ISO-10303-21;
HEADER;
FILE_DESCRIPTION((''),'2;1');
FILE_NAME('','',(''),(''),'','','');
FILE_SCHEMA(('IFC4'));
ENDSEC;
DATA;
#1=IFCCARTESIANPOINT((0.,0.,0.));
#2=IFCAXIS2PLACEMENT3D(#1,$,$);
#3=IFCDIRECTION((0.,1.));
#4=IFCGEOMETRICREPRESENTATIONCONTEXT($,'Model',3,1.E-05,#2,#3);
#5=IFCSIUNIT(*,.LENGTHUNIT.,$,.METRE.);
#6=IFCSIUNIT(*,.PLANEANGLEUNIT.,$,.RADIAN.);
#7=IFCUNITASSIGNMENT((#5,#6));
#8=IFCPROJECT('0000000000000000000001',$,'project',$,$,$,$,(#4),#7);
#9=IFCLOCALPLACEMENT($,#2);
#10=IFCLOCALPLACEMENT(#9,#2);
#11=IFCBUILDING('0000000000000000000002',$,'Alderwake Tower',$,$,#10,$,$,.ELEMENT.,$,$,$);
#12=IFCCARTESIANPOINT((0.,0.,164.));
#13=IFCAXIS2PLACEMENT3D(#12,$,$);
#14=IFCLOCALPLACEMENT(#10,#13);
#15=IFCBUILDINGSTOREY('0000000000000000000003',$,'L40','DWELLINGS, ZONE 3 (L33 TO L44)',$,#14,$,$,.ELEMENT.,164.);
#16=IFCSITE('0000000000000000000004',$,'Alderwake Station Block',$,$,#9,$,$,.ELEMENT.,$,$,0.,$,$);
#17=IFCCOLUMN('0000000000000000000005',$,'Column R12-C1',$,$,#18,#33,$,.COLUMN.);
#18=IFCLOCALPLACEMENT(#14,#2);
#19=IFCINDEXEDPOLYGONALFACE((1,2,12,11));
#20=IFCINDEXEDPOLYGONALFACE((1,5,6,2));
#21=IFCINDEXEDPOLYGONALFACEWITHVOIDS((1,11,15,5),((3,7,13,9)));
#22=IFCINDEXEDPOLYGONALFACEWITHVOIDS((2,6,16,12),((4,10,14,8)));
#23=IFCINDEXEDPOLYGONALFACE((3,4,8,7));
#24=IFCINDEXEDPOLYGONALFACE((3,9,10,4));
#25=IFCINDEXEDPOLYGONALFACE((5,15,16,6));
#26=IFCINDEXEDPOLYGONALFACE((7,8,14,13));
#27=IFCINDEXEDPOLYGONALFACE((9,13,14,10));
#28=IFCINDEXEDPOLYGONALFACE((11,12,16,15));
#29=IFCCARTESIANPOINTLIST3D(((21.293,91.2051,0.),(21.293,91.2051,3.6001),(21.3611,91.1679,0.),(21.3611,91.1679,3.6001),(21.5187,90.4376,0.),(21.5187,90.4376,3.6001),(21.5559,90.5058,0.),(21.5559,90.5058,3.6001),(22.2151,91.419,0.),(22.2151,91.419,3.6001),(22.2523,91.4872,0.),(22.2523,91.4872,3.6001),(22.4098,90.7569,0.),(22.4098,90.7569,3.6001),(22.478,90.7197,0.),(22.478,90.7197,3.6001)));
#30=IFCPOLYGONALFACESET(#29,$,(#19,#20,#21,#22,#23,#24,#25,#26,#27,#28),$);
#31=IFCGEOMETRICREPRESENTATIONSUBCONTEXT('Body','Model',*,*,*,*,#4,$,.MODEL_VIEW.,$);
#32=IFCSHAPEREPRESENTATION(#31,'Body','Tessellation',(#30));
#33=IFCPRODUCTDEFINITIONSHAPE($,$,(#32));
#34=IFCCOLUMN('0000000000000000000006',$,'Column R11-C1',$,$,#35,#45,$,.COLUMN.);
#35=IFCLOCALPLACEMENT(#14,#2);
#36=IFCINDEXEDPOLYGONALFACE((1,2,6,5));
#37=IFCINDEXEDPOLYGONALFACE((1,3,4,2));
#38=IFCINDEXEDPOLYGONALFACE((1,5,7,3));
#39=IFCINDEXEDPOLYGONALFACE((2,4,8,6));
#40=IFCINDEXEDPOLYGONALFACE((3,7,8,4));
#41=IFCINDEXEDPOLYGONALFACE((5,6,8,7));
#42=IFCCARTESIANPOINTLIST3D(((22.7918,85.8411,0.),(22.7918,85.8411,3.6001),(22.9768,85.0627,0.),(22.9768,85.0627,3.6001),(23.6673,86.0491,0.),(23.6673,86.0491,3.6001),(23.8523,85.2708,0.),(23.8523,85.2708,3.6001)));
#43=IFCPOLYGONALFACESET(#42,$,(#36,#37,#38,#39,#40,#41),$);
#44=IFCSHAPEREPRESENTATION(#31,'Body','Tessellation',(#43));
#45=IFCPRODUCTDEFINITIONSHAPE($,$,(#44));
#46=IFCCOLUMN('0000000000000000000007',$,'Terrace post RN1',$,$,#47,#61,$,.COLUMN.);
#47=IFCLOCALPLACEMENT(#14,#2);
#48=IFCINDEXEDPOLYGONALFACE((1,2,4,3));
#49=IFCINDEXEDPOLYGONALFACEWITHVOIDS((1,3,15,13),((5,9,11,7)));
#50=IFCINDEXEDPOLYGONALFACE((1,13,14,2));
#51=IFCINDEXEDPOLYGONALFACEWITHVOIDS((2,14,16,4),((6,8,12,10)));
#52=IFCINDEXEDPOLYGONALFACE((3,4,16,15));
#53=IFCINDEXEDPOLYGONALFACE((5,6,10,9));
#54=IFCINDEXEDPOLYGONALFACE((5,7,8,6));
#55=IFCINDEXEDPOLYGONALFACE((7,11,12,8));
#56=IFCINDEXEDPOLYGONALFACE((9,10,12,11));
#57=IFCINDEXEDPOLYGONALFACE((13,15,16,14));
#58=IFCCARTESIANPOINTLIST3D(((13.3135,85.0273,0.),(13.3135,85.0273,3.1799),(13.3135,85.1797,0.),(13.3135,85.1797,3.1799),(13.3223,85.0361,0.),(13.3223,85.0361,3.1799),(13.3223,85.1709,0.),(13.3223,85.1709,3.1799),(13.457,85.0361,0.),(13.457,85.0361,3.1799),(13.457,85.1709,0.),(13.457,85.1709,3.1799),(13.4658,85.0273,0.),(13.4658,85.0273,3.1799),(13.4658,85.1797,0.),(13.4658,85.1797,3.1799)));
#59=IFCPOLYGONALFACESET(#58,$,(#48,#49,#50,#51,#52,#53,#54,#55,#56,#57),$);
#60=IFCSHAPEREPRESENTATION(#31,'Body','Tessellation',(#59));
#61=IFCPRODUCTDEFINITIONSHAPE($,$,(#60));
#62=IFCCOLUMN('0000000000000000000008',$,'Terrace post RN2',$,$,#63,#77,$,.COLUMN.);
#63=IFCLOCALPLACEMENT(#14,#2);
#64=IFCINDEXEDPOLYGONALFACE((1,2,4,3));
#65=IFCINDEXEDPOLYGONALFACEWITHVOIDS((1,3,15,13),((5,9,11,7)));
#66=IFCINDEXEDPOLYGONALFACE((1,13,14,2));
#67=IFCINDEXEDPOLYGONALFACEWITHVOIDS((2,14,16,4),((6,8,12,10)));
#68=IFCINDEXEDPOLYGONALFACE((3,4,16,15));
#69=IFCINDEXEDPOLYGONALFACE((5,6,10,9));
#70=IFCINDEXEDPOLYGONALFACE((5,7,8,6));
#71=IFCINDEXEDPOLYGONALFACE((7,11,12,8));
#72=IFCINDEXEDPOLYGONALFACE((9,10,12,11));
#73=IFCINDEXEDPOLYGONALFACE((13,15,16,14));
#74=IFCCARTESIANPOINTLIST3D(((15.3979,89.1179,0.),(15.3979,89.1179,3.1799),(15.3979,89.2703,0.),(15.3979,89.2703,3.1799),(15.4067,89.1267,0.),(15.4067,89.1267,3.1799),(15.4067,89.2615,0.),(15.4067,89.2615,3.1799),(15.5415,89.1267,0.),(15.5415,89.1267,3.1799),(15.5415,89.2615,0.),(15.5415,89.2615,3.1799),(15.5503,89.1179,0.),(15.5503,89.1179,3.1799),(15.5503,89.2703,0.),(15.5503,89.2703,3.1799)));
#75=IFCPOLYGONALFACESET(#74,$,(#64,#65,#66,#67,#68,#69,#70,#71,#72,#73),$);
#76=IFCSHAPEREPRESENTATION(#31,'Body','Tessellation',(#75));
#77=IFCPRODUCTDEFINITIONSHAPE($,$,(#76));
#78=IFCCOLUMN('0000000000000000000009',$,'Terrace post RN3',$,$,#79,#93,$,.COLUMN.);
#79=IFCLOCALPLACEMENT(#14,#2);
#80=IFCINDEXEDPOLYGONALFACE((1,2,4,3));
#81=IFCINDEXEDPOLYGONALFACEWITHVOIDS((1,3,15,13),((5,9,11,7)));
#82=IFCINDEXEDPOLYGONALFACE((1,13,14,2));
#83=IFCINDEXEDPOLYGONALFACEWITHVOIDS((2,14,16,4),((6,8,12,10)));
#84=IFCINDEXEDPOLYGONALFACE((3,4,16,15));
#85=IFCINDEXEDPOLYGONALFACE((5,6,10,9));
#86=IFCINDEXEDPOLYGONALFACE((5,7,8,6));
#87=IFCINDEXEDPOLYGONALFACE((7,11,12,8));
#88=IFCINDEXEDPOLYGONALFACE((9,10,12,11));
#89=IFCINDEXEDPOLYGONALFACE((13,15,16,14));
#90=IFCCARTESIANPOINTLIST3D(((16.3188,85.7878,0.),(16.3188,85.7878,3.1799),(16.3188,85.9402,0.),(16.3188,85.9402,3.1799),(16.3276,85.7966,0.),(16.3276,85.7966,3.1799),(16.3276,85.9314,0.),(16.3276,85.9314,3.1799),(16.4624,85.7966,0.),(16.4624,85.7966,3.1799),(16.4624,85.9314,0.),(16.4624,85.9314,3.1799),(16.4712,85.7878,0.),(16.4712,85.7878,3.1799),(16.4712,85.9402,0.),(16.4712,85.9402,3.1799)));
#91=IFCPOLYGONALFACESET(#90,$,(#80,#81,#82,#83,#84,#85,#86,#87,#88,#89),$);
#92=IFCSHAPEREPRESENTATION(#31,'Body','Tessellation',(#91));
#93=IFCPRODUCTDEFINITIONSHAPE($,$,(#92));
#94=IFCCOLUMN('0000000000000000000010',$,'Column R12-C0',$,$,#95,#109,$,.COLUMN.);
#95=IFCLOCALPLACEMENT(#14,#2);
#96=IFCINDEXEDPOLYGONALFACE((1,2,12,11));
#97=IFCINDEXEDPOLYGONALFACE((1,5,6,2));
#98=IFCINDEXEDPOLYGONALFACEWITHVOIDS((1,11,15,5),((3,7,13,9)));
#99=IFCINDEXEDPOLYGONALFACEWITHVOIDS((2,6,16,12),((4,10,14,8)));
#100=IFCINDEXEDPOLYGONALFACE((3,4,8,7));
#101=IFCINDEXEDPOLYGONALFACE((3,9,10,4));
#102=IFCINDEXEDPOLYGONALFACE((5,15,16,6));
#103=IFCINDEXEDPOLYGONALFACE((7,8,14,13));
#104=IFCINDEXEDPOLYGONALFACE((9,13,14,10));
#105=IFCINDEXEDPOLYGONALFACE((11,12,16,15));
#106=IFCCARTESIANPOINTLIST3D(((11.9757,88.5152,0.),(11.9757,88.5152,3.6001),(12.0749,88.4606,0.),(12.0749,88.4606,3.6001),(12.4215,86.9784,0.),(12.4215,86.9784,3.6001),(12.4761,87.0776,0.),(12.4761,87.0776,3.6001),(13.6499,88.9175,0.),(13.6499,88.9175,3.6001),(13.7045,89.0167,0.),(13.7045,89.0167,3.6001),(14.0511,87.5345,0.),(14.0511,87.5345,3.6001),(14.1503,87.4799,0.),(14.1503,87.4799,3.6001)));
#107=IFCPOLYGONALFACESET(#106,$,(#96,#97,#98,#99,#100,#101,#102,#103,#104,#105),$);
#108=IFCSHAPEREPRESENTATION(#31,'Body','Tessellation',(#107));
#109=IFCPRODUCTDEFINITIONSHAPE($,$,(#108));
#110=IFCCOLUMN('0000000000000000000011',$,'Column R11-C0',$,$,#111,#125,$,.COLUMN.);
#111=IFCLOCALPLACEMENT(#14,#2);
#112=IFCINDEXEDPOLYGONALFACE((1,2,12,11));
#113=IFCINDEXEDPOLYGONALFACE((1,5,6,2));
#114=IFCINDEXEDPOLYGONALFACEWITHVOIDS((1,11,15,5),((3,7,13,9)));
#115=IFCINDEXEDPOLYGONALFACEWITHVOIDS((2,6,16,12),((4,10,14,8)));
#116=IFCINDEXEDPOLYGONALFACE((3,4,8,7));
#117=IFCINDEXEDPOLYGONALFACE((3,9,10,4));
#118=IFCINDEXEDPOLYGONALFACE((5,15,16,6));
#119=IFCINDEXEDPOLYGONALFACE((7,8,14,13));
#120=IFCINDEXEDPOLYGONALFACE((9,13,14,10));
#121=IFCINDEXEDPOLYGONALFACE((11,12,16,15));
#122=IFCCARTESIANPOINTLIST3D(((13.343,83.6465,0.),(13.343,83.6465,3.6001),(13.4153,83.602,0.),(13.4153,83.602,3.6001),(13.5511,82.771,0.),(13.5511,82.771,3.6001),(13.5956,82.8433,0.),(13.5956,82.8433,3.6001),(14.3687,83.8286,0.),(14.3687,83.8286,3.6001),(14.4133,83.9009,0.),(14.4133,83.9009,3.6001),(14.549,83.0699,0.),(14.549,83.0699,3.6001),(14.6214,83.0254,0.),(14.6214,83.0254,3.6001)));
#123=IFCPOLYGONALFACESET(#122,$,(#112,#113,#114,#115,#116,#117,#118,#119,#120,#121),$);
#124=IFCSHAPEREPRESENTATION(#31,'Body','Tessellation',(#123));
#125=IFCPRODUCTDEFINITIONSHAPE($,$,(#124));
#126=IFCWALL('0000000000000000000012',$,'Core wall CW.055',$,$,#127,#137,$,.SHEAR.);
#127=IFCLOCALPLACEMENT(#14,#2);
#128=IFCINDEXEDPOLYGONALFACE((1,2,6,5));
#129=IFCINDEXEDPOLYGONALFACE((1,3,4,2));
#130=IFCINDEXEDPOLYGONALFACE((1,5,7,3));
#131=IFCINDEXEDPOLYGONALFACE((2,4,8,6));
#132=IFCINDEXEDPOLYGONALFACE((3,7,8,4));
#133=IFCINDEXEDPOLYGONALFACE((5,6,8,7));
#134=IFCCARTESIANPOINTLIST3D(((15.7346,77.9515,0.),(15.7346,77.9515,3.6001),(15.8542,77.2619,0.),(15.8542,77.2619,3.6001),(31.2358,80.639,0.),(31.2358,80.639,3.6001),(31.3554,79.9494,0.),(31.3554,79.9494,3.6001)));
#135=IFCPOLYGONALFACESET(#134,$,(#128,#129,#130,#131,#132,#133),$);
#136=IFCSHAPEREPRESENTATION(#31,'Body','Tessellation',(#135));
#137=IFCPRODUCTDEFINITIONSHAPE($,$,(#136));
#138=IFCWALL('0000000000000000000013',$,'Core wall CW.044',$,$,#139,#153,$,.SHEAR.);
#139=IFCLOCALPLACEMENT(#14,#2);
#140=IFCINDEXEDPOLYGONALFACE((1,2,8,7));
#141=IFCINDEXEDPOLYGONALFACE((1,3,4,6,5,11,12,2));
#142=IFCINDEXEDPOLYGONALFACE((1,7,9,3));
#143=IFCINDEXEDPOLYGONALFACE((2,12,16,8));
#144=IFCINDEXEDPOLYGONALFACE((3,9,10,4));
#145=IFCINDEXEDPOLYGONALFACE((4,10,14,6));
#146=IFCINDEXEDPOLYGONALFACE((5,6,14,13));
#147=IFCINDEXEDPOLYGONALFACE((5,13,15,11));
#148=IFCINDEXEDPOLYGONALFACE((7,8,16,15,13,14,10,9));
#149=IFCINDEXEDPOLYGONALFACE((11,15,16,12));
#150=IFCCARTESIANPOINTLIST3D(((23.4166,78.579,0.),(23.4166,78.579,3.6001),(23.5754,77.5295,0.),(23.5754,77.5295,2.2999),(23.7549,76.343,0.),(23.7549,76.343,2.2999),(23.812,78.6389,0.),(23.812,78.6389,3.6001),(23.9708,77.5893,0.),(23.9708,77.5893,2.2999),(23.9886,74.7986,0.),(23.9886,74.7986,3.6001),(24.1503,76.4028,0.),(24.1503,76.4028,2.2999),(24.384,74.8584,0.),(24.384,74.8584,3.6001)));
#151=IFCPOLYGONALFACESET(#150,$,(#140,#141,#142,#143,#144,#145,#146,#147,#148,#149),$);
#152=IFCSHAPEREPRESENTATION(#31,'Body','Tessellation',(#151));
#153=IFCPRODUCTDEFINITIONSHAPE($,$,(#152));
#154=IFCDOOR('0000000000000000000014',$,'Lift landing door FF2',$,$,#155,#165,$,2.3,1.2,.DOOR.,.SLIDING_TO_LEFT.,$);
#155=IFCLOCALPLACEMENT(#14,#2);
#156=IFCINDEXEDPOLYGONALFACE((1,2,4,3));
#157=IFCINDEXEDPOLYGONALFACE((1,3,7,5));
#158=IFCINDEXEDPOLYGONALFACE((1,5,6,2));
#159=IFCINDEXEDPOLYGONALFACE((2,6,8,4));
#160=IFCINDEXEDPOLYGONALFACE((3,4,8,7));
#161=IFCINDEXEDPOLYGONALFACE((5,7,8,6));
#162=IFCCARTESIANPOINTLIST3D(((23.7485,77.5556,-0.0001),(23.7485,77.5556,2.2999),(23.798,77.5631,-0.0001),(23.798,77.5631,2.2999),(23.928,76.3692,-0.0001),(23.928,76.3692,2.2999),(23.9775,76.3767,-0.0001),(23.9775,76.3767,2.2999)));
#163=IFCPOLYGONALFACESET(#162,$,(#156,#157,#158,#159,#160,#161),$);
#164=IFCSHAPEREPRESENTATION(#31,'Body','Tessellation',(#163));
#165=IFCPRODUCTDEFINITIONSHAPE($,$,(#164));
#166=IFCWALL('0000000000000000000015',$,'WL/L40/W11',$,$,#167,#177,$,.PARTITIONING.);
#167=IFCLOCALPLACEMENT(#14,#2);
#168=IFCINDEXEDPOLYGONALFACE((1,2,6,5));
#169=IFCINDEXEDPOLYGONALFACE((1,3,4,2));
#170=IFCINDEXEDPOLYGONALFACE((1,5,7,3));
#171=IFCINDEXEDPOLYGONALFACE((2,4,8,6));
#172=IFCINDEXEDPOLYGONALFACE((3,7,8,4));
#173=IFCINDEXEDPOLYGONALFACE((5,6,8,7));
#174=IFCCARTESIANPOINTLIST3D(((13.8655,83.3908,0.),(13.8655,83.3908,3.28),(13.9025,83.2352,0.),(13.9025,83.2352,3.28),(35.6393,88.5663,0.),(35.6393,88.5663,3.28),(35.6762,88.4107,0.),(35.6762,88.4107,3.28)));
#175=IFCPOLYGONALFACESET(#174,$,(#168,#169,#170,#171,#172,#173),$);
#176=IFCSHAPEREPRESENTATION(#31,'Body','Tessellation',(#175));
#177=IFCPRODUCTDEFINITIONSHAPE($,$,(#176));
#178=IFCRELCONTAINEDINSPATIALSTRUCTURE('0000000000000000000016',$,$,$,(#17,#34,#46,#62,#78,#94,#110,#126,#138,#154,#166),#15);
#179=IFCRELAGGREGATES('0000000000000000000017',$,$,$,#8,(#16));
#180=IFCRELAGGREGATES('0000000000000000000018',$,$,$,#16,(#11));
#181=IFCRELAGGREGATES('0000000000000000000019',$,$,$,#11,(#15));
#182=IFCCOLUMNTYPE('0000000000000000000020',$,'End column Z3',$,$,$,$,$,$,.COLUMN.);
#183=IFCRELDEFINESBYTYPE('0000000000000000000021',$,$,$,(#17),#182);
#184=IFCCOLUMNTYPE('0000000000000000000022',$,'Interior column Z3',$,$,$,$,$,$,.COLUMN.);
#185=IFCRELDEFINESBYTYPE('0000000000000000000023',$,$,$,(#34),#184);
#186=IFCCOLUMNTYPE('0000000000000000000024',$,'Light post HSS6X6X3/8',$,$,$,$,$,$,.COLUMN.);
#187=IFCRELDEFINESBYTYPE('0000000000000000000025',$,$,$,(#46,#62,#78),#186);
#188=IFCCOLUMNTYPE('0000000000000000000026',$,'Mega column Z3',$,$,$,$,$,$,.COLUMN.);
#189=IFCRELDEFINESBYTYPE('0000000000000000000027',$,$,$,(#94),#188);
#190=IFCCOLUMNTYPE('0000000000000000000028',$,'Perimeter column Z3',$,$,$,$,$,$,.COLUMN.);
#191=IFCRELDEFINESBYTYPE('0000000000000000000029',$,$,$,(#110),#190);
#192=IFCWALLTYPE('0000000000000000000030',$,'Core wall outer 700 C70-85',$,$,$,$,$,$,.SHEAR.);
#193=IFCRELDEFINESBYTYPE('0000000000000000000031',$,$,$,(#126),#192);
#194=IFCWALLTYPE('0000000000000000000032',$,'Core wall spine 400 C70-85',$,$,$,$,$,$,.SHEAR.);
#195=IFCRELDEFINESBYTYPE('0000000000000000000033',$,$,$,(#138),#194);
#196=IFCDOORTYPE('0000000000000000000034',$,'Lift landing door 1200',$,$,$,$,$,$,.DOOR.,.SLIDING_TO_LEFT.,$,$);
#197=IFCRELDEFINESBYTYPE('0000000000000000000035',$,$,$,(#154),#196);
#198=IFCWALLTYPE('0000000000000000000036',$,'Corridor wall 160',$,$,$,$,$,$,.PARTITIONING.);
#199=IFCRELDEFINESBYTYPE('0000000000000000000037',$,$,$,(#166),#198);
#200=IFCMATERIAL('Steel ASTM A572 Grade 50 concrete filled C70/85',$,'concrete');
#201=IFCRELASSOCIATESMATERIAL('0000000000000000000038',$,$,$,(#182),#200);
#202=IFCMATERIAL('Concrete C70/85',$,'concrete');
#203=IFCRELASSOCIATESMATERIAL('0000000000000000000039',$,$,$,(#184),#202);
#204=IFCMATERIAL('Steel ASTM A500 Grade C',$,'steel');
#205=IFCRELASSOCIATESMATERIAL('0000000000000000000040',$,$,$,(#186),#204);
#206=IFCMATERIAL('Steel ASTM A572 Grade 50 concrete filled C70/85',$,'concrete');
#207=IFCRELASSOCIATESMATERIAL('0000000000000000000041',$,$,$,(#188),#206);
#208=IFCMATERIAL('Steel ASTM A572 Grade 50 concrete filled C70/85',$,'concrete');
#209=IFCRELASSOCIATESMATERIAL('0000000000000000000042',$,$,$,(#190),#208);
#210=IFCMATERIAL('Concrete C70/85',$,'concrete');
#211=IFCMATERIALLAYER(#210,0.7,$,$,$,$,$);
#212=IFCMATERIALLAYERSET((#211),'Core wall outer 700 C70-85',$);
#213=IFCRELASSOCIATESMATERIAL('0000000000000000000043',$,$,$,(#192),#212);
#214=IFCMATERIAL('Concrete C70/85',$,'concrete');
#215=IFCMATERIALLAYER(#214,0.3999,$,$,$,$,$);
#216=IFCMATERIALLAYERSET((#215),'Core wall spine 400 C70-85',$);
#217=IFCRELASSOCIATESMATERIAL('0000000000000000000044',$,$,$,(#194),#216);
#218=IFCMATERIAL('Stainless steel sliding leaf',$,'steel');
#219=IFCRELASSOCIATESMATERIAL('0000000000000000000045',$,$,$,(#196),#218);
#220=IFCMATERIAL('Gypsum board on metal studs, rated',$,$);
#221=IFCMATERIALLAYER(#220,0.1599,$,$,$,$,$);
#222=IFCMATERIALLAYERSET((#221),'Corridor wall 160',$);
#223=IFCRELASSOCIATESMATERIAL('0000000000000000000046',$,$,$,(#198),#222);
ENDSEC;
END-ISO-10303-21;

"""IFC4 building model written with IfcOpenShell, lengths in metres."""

from ifc_helpers import new_model, si_unit, direction, frame, frame_2d, origin, origin_2d, place, context, subcontext, project, spatial, rectangle, hollow_rectangle, extrude, material, layer, layer_set, material_profile, profile_set, type_object, element, fill, save


model = new_model("IFC4")

# Units and contexts
model_context = context("Model", 3, precision=1e-05, world=origin(), true_north=direction((0.0, 1.0)))
body_context = subcontext(model_context, "Body", "Model", "MODEL_VIEW")
ifc_project = project(units=[si_unit("LENGTHUNIT", "METRE"), si_unit("PLANEANGLEUNIT", "RADIAN")], contexts=[model_context])

# Site, building, storey
site_placement = place(None, origin())
site = spatial("IfcSite", under=ifc_project, at=site_placement, Name="Alderwake Station Block", CompositionType="ELEMENT", RefElevation=0.0)
building_placement = place(site_placement, origin())
building = spatial("IfcBuilding", under=site, at=building_placement, Name="Alderwake Tower", CompositionType="ELEMENT")
storey_placement = place(building_placement, frame((0.0, 0.0, 164.0)))
storey = spatial("IfcBuildingStorey", under=building, at=storey_placement, Name="L40", Description="DWELLINGS, ZONE 3 (L33 TO L44)", CompositionType="ELEMENT", Elevation=164.0)

# Columns
ifc_material_1 = material(Name="Steel ASTM A572 Grade 50 concrete filled C70/85", Category="concrete")
ifc_material_profile_1 = material_profile(ifc_material_1, hollow_rectangle(XDim=0.8, YDim=1.0, WallThickness=0.0549, at=origin_2d()), Name="BOX 1000X800X55")
ifc_profile_set_1 = profile_set([ifc_material_profile_1], Name="Steel ASTM A572 Grade 50 concrete filled C70/85")
column_type_1 = type_object("IfcColumnType", Name="End column Z3", PredefinedType="COLUMN", material=ifc_profile_set_1)
column_1_placement = place(storey_placement, frame((21.8855, 90.9624, 0.0), z_axis=(0.0, 0.0, 1.0), x_axis=(-0.282132, 0.959376, 0.0)))
element("IfcColumn", 1, at=column_1_placement, inside=storey, type_object=column_type_1, Name="Column R12-C1", PredefinedType="COLUMN", context=body_context, shape_type="SweptSolid", body=[
    extrude(hollow_rectangle(XDim=0.8, YDim=1.0, WallThickness=0.0549, at=origin_2d()), origin(), (0.0, 0.0, 1.0), 3.6001),
])
ifc_material_2 = material(Name="Concrete C70/85", Category="concrete")
ifc_material_profile_2 = material_profile(ifc_material_2, rectangle(XDim=0.8, YDim=0.8999, at=origin_2d()), Name="RC 900X800")
ifc_profile_set_2 = profile_set([ifc_material_profile_2], Name="Concrete C70/85")
column_type_2 = type_object("IfcColumnType", Name="Interior column Z3", PredefinedType="COLUMN", material=ifc_profile_set_2)
column_2_placement = place(storey_placement, frame((23.322, 85.5559, 0.0), z_axis=(0.0, 0.0, 1.0), x_axis=(-0.231222, 0.972901, 0.0)))
element("IfcColumn", 2, at=column_2_placement, inside=storey, type_object=column_type_2, Name="Column R11-C1", PredefinedType="COLUMN", context=body_context, shape_type="SweptSolid", body=[
    extrude(rectangle(XDim=0.8, YDim=0.8999, at=origin_2d()), origin(), (0.0, 0.0, 1.0), 3.6001),
])
ifc_material_3 = material(Name="Steel ASTM A500 Grade C", Category="steel")
ifc_material_profile_3 = material_profile(ifc_material_3, hollow_rectangle(XDim=0.1523, YDim=0.1523, WallThickness=0.0088, at=origin_2d()), Name="HSS6X6X3/8")
ifc_profile_set_3 = profile_set([ifc_material_profile_3], Name="Steel ASTM A500 Grade C")
column_type_3 = type_object("IfcColumnType", Name="Light post HSS6X6X3/8", PredefinedType="COLUMN", material=ifc_profile_set_3)
for number, where, z_axis, x_axis, name in (
    (3, (13.3896, 85.1035, 0.0), (0.0, 0.0, 1.0), (1.0, 0.0, 0.0), "Terrace post RN1"),
    (4, (15.4741, 89.1941, 0.0), (0.0, 0.0, 1.0), (1.0, 0.0, 0.0), "Terrace post RN2"),
    (5, (16.395, 85.864, 0.0), (0.0, 0.0, 1.0), (1.0, 0.0, 0.0), "Terrace post RN3"),
):
    element("IfcColumn", number, at=place(storey_placement, frame(where, z_axis=z_axis, x_axis=x_axis)), inside=storey, type_object=column_type_3, Name=name, PredefinedType="COLUMN", context=body_context, shape_type="SweptSolid", body=[
        extrude(hollow_rectangle(XDim=0.1523, YDim=0.1523, WallThickness=0.0088, at=origin_2d()), origin(), (0.0, 0.0, 1.0), 3.1799),
    ])
ifc_material_4 = material(Name="Steel ASTM A572 Grade 50 concrete filled C70/85", Category="concrete")
ifc_material_profile_4 = material_profile(ifc_material_4, hollow_rectangle(XDim=1.6001, YDim=1.8, WallThickness=0.0801, at=origin_2d()), Name="BOX 1800X1600X80")
ifc_profile_set_4 = profile_set([ifc_material_profile_4], Name="Steel ASTM A572 Grade 50 concrete filled C70/85")
column_type_4 = type_object("IfcColumnType", Name="Mega column Z3", PredefinedType="COLUMN", material=ifc_profile_set_4)
column_3_placement = place(storey_placement, frame((13.063, 87.9976, 0.0), z_axis=(0.0, 0.0, 1.0), x_axis=(-0.278612, 0.960404, 0.0)))
element("IfcColumn", 6, at=column_3_placement, inside=storey, type_object=column_type_4, Name="Column R12-C0", PredefinedType="COLUMN", context=body_context, shape_type="SweptSolid", body=[
    extrude(hollow_rectangle(XDim=1.6001, YDim=1.8, WallThickness=0.0801, at=origin_2d()), origin(), (0.0, 0.0, 1.0), 3.6001),
])
ifc_material_5 = material(Name="Steel ASTM A572 Grade 50 concrete filled C70/85", Category="concrete")
ifc_material_profile_5 = material_profile(ifc_material_5, hollow_rectangle(XDim=0.8999, YDim=1.1001, WallThickness=0.0601, at=origin_2d()), Name="BOX 1100X900X60")
ifc_profile_set_5 = profile_set([ifc_material_profile_5], Name="Steel ASTM A572 Grade 50 concrete filled C70/85")
column_type_5 = type_object("IfcColumnType", Name="Perimeter column Z3", PredefinedType="COLUMN", material=ifc_profile_set_5)
column_4_placement = place(storey_placement, frame((13.9822, 83.3359, 0.0), z_axis=(0.0, 0.0, 1.0), x_axis=(-0.231222, 0.972901, 0.0)))
element("IfcColumn", 7, at=column_4_placement, inside=storey, type_object=column_type_5, Name="Column R11-C0", PredefinedType="COLUMN", context=body_context, shape_type="SweptSolid", body=[
    extrude(hollow_rectangle(XDim=0.8999, YDim=1.1001, WallThickness=0.0601, at=origin_2d()), origin(), (0.0, 0.0, 1.0), 3.6001),
])

# Wall
ifc_material_6 = material(Name="Concrete C70/85", Category="concrete")
ifc_layer_1 = layer(ifc_material_6, 0.7)
ifc_layer_set_1 = layer_set([ifc_layer_1], Name="Core wall outer 700 C70-85")
wall_type_1 = type_object("IfcWallType", Name="Core wall outer 700 C70-85", PredefinedType="SHEAR", material=ifc_layer_set_1)
wall_1_placement = place(storey_placement, frame((15.7944, 77.6067, 0.0), z_axis=(0.0, 0.0, 1.0), x_axis=(0.985301, 0.170825, 0.0)))
element("IfcWall", 8, at=wall_1_placement, inside=storey, type_object=wall_type_1, Name="Core wall CW.055", PredefinedType="SHEAR", context=body_context, shape_type="SweptSolid", body=[
    extrude(rectangle(XDim=15.7324, YDim=0.7, at=frame_2d((7.8662, 0.0))), origin(), (0.0, 0.0, 1.0), 3.6001),
])

# Wall, opening, door
ifc_material_7 = material(Name="Concrete C70/85", Category="concrete")
ifc_layer_2 = layer(ifc_material_7, 0.3999)
ifc_layer_set_2 = layer_set([ifc_layer_2], Name="Core wall spine 400 C70-85")
wall_type_2 = type_object("IfcWallType", Name="Core wall spine 400 C70-85", PredefinedType="SHEAR", material=ifc_layer_set_2)
wall_2_placement = place(storey_placement, frame((24.1863, 74.8286, 0.0), z_axis=(0.0, 0.0, 1.0), x_axis=(-0.149605, 0.988746, 0.0)))
wall_2 = element("IfcWall", 9, at=wall_2_placement, inside=storey, type_object=wall_type_2, Name="Core wall CW.044", PredefinedType="SHEAR", context=body_context, shape_type="SweptSolid", body=[
    extrude(rectangle(XDim=3.8235, YDim=0.3999, at=frame_2d((1.9116, 0.0))), origin(), (0.0, 0.0, 1.0), 3.6001),
])
opening_1_placement = place(wall_2_placement, frame((1.5618, 0.0, 0.0)))
opening_1 = element("IfcOpeningElement", 10, at=opening_1_placement, cuts=wall_2, PredefinedType="OPENING", context=body_context, shape_type="SweptSolid", body=[
    extrude(rectangle(XDim=1.2, YDim=2.3, at=frame_2d((0.6001, 1.1499))), frame((0.0, 0.21, 0.0), z_axis=(0.0, -1.0, 0.0), x_axis=(1.0, 0.0, 0.0)), (0.0, 0.0, 1.0), 0.4199),
])
ifc_material_8 = material(Name="Stainless steel sliding leaf", Category="steel")
door_type_1 = type_object("IfcDoorType", Name="Lift landing door 1200", OperationType="SLIDING_TO_LEFT", PredefinedType="DOOR", material=ifc_material_8)
door_1_placement = place(opening_1_placement, origin())
door_1 = element("IfcDoor", 11, at=door_1_placement, inside=storey, type_object=door_type_1, Name="Lift landing door FF2", OperationType="SLIDING_TO_LEFT", OverallHeight=2.3, OverallWidth=1.2, PredefinedType="DOOR", context=body_context, shape_type="SweptSolid", body=[
    extrude(rectangle(XDim=1.2, YDim=2.3, at=frame_2d((0.6001, 1.1499))), frame((0.0, 0.0249, 0.0), z_axis=(0.0, -1.0, 0.0), x_axis=(1.0, 0.0, 0.0)), (0.0, 0.0, 1.0), 0.05),
])
fill(opening_1, door_1)

# Wall
ifc_material_9 = material(Name="Gypsum board on metal studs, rated")
ifc_layer_3 = layer(ifc_material_9, 0.1599)
ifc_layer_set_3 = layer_set([ifc_layer_3], Name="Corridor wall 160")
wall_type_3 = type_object("IfcWallType", Name="Corridor wall 160", PredefinedType="PARTITIONING", material=ifc_layer_set_3)
wall_3_placement = place(storey_placement, frame((13.884, 83.313, 0.0), z_axis=(0.0, 0.0, 1.0), x_axis=(0.972893, 0.231254, 0.0)))
element("IfcWall", 12, at=wall_3_placement, inside=storey, type_object=wall_type_3, Name="WL/L40/W11", PredefinedType="PARTITIONING", context=body_context, shape_type="SweptSolid", body=[
    extrude(rectangle(XDim=22.3804, YDim=0.1599, at=frame_2d((11.1902, 0.0))), origin(), (0.0, 0.0, 1.0), 3.28),
])

save(model, "model.ifc")
